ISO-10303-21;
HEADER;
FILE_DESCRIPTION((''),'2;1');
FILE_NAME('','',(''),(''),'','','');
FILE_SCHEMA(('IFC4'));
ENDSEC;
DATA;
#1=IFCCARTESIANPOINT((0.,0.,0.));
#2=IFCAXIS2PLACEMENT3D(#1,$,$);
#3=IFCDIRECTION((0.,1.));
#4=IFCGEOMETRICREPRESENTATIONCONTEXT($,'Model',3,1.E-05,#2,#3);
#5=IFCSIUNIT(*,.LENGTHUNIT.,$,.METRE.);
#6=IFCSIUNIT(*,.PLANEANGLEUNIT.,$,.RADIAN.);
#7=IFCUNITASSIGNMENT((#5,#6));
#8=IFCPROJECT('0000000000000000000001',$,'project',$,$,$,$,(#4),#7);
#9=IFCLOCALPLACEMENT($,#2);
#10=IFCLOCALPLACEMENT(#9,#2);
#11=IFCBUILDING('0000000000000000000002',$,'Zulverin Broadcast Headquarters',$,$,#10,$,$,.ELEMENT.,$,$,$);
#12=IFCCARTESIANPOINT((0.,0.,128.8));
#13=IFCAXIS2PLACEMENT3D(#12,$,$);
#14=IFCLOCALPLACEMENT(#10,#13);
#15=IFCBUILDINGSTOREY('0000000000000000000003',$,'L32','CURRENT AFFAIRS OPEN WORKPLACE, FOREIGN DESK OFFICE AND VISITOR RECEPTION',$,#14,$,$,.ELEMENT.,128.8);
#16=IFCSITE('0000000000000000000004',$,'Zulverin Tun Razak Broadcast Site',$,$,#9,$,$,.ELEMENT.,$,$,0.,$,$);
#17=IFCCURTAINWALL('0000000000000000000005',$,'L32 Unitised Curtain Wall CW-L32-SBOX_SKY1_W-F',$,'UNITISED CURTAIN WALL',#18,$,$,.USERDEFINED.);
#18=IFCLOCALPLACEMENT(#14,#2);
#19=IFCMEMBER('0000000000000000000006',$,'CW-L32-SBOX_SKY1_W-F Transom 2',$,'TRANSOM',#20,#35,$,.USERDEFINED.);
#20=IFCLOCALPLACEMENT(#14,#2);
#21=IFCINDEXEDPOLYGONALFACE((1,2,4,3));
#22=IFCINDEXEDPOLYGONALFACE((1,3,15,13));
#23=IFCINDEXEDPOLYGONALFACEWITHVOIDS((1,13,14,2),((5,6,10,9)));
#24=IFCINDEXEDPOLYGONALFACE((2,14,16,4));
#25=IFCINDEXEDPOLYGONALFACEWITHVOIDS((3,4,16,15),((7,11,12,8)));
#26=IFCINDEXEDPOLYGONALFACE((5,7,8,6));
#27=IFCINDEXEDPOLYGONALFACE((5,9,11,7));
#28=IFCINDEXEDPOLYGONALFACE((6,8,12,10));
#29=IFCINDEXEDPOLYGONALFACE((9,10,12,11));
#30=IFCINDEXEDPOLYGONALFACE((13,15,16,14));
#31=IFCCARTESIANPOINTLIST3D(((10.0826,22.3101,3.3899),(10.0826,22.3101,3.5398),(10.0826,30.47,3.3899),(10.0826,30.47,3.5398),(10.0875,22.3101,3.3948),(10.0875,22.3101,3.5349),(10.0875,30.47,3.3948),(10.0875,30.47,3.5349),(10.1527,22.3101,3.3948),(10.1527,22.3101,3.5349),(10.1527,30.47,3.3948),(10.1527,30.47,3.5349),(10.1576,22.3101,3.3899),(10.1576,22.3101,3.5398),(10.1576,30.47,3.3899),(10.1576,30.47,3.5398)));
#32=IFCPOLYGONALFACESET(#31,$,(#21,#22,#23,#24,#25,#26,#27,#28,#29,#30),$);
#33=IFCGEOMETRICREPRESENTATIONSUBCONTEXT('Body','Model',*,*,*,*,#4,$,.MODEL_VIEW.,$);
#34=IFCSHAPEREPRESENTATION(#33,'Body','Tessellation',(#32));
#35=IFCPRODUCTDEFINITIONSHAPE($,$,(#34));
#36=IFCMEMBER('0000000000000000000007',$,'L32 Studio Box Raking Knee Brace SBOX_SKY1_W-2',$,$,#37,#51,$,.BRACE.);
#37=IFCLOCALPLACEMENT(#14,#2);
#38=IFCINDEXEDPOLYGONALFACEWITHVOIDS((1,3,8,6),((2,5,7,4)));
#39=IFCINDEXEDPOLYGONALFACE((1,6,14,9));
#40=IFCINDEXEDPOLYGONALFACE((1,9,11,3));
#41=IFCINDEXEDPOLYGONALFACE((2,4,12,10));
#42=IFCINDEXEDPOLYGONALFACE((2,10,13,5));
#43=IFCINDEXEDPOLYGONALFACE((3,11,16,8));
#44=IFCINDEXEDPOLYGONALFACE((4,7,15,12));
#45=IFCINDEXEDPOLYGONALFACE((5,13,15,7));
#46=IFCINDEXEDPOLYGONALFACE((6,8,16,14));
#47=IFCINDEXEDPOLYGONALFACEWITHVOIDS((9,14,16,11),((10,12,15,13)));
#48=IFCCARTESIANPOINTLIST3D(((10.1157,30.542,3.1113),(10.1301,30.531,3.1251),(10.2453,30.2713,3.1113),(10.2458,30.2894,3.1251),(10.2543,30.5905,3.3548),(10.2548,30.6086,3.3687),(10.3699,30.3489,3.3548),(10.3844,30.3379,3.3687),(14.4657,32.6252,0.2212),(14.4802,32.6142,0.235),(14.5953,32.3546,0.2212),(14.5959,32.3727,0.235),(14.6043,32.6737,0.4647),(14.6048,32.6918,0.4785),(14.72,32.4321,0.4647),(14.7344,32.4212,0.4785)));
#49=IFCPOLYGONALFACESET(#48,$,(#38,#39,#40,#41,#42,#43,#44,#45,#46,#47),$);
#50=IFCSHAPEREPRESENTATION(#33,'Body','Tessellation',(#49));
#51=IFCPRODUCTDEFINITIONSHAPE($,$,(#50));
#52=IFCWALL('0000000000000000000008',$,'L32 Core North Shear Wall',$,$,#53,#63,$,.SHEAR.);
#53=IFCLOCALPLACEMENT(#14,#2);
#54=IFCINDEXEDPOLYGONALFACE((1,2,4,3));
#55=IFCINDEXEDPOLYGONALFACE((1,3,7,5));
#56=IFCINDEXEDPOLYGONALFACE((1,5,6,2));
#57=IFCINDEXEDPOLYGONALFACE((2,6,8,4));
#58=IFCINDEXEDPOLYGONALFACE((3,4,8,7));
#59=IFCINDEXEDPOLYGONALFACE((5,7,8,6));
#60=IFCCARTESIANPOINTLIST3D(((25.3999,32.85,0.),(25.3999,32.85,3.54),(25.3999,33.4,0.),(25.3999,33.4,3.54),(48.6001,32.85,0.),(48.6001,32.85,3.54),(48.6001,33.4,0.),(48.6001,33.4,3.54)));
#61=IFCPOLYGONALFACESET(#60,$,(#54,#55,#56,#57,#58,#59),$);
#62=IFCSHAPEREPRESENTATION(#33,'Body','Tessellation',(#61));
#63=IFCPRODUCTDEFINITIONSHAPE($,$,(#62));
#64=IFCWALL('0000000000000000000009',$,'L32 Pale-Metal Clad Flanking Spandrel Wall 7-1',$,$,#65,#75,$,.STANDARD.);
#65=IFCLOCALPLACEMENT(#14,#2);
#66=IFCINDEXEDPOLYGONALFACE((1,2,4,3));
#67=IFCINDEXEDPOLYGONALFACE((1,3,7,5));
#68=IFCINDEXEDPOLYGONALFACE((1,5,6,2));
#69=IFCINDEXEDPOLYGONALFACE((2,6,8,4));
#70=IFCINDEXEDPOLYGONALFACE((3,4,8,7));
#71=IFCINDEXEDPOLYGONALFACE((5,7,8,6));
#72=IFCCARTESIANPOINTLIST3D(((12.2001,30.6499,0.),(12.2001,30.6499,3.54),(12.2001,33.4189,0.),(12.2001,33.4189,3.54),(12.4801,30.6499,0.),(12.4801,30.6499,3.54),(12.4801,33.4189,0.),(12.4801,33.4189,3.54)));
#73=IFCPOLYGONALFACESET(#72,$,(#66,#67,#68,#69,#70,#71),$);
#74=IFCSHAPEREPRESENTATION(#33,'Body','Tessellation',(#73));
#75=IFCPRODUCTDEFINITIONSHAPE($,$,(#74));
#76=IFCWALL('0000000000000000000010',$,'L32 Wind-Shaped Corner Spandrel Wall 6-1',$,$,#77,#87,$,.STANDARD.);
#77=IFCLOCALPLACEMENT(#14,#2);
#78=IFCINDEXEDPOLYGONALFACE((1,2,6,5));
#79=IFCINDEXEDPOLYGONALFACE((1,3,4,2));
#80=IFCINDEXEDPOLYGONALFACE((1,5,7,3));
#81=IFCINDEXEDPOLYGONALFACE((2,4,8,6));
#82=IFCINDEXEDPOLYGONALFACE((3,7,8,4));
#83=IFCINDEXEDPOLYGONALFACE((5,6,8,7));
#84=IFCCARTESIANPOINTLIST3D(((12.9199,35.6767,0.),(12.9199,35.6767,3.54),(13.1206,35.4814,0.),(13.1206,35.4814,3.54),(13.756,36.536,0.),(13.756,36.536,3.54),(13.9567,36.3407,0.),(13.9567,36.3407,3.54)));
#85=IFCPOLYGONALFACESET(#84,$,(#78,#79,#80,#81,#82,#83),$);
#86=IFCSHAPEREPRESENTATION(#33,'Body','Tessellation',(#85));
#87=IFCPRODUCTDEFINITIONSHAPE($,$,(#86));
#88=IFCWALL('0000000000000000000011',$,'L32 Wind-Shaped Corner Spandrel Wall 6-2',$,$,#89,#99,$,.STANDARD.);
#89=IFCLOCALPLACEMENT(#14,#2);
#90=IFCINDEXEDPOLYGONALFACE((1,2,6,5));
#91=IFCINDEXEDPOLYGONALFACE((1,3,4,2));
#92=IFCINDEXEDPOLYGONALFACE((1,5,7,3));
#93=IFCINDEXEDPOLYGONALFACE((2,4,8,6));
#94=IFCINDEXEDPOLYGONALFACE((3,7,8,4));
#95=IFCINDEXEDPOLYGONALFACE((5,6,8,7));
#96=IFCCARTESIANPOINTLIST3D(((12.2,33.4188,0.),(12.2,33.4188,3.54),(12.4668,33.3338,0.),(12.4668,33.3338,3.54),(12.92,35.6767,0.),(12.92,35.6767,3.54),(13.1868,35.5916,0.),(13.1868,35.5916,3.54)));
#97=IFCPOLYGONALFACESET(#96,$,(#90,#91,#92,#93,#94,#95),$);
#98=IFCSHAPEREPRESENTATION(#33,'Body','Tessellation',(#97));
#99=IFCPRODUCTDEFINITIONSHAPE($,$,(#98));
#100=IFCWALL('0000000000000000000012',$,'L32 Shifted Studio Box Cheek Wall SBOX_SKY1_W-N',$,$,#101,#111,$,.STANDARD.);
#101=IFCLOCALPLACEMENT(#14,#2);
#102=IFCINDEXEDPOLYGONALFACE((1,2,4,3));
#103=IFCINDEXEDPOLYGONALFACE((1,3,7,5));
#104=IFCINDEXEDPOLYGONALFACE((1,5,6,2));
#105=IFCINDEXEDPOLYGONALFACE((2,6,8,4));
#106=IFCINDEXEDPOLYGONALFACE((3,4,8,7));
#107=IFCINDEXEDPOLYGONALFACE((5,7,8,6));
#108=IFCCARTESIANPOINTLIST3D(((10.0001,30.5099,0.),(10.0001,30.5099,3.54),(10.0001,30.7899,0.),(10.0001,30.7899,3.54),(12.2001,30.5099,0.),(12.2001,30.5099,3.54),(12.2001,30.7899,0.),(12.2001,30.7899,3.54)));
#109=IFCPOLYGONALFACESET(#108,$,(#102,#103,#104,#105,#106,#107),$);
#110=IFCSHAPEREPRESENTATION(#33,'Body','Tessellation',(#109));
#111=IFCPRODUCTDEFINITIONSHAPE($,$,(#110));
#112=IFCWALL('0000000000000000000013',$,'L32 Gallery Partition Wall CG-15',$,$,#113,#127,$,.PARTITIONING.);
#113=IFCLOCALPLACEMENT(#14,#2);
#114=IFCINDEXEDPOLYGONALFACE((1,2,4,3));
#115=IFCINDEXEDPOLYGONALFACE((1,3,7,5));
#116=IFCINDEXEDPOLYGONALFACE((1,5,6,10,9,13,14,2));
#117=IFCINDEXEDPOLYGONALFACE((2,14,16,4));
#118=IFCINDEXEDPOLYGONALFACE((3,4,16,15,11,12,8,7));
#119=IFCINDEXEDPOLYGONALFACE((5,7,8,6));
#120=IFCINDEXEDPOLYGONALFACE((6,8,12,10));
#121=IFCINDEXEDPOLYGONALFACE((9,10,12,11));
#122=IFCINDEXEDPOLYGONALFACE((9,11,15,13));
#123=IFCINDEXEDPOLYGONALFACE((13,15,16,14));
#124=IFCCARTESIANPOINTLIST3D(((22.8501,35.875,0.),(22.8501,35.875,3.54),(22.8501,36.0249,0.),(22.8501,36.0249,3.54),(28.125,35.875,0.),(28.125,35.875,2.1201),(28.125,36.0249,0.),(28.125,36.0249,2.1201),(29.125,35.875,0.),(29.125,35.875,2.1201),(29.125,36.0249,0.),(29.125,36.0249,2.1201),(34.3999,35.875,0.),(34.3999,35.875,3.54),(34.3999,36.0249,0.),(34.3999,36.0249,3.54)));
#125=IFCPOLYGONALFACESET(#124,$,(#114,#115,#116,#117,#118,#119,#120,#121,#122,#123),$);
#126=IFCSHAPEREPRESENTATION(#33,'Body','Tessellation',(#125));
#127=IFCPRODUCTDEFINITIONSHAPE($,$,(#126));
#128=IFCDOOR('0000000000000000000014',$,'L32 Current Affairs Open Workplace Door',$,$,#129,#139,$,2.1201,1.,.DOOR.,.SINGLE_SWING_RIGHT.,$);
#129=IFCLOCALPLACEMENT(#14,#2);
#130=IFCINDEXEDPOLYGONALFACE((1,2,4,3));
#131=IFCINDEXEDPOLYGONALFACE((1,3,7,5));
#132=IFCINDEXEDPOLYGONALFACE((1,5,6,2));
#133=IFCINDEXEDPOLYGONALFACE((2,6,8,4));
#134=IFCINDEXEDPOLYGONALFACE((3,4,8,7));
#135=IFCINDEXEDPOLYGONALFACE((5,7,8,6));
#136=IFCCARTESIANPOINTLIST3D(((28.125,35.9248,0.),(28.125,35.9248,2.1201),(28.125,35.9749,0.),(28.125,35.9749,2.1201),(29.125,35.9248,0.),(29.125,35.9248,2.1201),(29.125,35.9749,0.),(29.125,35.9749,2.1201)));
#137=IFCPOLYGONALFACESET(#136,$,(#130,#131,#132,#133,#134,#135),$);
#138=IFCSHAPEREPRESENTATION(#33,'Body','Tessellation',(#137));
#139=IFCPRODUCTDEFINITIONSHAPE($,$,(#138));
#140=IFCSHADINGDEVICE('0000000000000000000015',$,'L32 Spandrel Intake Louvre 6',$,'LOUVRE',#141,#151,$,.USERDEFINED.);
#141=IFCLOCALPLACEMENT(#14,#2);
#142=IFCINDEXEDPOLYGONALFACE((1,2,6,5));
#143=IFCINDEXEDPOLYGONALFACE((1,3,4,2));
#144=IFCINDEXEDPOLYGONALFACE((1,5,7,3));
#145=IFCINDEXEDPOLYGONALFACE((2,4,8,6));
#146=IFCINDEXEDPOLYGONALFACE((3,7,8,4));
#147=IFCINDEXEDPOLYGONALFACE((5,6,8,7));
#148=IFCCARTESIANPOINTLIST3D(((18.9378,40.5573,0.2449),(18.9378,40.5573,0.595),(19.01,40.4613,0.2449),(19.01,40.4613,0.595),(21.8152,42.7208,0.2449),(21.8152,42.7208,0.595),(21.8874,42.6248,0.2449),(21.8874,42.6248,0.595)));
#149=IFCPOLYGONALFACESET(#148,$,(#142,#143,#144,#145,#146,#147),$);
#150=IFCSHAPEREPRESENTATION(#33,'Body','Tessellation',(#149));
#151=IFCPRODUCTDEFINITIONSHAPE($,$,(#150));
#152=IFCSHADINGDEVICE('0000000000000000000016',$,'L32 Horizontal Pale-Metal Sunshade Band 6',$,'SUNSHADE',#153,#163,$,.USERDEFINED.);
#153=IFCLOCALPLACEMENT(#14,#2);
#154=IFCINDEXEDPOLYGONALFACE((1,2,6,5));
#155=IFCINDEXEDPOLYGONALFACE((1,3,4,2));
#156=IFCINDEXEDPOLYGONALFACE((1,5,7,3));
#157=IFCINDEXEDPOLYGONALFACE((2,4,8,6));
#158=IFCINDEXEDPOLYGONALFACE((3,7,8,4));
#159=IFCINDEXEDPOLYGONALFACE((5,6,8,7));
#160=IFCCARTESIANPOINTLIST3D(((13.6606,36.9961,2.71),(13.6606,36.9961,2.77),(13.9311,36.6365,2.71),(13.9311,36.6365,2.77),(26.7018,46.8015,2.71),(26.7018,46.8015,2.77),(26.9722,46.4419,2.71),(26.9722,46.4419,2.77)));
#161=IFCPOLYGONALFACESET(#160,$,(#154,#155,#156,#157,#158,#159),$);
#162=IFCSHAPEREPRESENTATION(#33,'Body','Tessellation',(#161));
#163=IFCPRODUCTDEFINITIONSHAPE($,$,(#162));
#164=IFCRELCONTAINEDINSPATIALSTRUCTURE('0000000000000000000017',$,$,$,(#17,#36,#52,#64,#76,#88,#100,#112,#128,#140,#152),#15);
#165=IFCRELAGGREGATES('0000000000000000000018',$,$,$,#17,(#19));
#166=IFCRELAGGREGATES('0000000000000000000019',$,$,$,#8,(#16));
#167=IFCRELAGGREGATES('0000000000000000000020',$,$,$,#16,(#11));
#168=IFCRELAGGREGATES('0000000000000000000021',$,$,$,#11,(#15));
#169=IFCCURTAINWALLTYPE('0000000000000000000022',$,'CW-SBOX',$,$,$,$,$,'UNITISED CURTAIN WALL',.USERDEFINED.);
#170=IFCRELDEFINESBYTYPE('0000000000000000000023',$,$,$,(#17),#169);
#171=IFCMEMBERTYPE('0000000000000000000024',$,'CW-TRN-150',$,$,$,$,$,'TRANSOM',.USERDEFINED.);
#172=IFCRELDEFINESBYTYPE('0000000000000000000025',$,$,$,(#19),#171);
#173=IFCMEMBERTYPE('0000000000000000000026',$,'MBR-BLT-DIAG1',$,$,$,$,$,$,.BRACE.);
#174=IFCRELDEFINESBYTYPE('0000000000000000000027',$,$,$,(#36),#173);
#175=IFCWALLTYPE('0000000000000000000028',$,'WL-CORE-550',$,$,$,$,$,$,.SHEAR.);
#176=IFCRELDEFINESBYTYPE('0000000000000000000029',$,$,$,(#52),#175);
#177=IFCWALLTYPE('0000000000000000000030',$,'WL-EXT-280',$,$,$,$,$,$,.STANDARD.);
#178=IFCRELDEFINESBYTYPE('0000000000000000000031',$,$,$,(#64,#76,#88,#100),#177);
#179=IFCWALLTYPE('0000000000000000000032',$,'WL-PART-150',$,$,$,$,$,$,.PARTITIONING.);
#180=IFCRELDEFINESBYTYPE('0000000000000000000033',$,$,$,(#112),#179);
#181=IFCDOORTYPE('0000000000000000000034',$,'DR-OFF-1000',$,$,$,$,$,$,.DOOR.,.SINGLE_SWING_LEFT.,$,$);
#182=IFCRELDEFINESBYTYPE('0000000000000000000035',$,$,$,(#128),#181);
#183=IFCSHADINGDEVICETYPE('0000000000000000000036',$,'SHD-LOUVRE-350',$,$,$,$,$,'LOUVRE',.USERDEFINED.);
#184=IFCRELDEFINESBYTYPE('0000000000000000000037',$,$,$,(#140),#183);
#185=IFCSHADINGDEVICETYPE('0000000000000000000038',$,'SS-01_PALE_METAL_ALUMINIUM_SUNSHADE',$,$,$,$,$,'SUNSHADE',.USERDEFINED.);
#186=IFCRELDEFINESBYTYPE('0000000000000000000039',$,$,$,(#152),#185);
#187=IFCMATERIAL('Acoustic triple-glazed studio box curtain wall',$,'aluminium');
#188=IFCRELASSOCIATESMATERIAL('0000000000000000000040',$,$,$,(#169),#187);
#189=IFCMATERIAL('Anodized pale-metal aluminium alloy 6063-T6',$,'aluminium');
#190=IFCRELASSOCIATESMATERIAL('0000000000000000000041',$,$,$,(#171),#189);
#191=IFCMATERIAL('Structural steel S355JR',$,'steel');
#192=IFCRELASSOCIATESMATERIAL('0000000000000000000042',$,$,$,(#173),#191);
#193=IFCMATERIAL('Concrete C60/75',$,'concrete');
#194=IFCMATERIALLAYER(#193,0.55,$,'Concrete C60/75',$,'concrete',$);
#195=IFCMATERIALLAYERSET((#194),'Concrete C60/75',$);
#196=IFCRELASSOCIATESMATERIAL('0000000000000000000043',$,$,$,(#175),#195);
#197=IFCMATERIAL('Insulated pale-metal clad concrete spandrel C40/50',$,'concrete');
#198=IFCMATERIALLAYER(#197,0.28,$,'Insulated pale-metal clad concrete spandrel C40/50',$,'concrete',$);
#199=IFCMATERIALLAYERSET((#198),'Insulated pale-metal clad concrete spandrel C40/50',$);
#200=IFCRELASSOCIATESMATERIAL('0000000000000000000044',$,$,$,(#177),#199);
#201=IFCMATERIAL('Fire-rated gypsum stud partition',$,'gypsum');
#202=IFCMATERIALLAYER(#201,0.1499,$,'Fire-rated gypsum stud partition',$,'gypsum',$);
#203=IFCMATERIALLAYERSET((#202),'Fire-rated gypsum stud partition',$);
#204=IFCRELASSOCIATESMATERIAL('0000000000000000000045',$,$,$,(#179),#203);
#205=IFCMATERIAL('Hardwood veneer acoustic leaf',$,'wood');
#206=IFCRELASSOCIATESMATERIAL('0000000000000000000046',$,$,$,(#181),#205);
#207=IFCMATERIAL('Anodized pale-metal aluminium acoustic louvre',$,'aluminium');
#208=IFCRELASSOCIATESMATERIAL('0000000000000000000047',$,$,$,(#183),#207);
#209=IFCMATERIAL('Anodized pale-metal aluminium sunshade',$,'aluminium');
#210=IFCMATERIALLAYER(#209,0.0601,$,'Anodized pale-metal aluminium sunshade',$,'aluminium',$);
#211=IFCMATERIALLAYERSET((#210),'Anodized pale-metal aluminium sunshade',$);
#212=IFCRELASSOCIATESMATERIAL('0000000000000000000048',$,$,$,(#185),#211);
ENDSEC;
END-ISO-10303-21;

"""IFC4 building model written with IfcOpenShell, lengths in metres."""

from ifc_helpers import new_model, si_unit, direction, frame, frame_2d, origin, origin_2d, place, context, subcontext, project, spatial, rectangle, hollow_rectangle, extrude, material, layer, layer_set, material_profile, profile_set, type_object, element, fill, aggregate, save


model = new_model("IFC4")

# Units and contexts
model_context = context("Model", 3, precision=1e-05, world=origin(), true_north=direction((0.0, 1.0)))
body_context = subcontext(model_context, "Body", "Model", "MODEL_VIEW")
ifc_project = project(units=[si_unit("LENGTHUNIT", "METRE"), si_unit("PLANEANGLEUNIT", "RADIAN")], contexts=[model_context])

# Site, building, storey
site_placement = place(None, origin())
site = spatial("IfcSite", under=ifc_project, at=site_placement, Name="Zulverin Tun Razak Broadcast Site", CompositionType="ELEMENT", RefElevation=0.0)
building_placement = place(site_placement, origin())
building = spatial("IfcBuilding", under=site, at=building_placement, Name="Zulverin Broadcast Headquarters", CompositionType="ELEMENT")
storey_placement = place(building_placement, frame((0.0, 0.0, 128.8)))
storey = spatial("IfcBuildingStorey", under=building, at=storey_placement, Name="L32", Description="CURRENT AFFAIRS OPEN WORKPLACE, FOREIGN DESK OFFICE AND VISITOR RECEPTION", CompositionType="ELEMENT", Elevation=128.8)

# Shared definitions
ifc_material_1 = material(Name="Concrete C60/75", Category="concrete")

# Shared definitions
ifc_material_2 = material(Name="Structural steel S355JR", Category="steel")

# Curtain wall, member
ifc_material_3 = material(Name="Acoustic triple-glazed studio box curtain wall", Category="aluminium")
curtain_wall_type = type_object("IfcCurtainWallType", Name="CW-SBOX", ElementType="UNITISED CURTAIN WALL", PredefinedType="USERDEFINED", material=ifc_material_3)
curtain_wall_placement = place(storey_placement, origin())
curtain_wall = element("IfcCurtainWall", 1, at=curtain_wall_placement, inside=storey, type_object=curtain_wall_type, Name="L32 Unitised Curtain Wall CW-L32-SBOX_SKY1_W-F", ObjectType="UNITISED CURTAIN WALL", PredefinedType="USERDEFINED")
ifc_material_4 = material(Name="Anodized pale-metal aluminium alloy 6063-T6", Category="aluminium")
ifc_material_profile_1 = material_profile(ifc_material_4, hollow_rectangle(XDim=0.075, YDim=0.1499, WallThickness=0.0049, at=origin_2d()), Name="Anodized pale-metal aluminium alloy 6063-T6", Category="aluminium")
ifc_profile_set_1 = profile_set([ifc_material_profile_1], Name="Anodized pale-metal aluminium alloy 6063-T6")
member_type_1 = type_object("IfcMemberType", Name="CW-TRN-150", ElementType="TRANSOM", PredefinedType="USERDEFINED", material=ifc_profile_set_1)
member_1_placement = place(storey_placement, frame((10.1201, 30.47, 3.4648), z_axis=(0.0, -1.0, 0.0), x_axis=(1.0, 0.0, 0.0)))
member_1 = element("IfcMember", 2, at=member_1_placement, type_object=member_type_1, Name="CW-L32-SBOX_SKY1_W-F Transom 2", ObjectType="TRANSOM", PredefinedType="USERDEFINED", context=body_context, shape_type="SweptSolid", body=[
    extrude(hollow_rectangle(XDim=0.075, YDim=0.1499, WallThickness=0.0049, at=origin_2d()), origin(), (0.0, 0.0, 1.0), 8.1599),
])
aggregate(curtain_wall, [member_1])

# Member
ifc_material_profile_2 = material_profile(ifc_material_2, hollow_rectangle(XDim=0.3, YDim=0.3, WallThickness=0.0161, at=origin_2d()), Name="Structural steel S355JR", Category="steel")
ifc_profile_set_2 = profile_set([ifc_material_profile_2], Name="Structural steel S355JR")
member_type_2 = type_object("IfcMemberType", Name="MBR-BLT-DIAG1", PredefinedType="BRACE", material=ifc_profile_set_2)
member_2_placement = place(storey_placement, frame((14.6001, 32.5232, 0.3499), z_axis=(-0.77365, -0.370499, 0.514001), x_axis=(0.431923, -0.901911, 0.0)))
element("IfcMember", 3, at=member_2_placement, inside=storey, type_object=member_type_2, Name="L32 Studio Box Raking Knee Brace SBOX_SKY1_W-2", PredefinedType="BRACE", context=body_context, shape_type="SweptSolid", body=[
    extrude(hollow_rectangle(XDim=0.3, YDim=0.3, WallThickness=0.0161, at=origin_2d()), origin(), (0.0, 0.0, 1.0), 5.6228),
])

# Walls
ifc_layer_1 = layer(ifc_material_1, 0.55, Name="Concrete C60/75", Category="concrete")
ifc_layer_set_1 = layer_set([ifc_layer_1], Name="Concrete C60/75")
wall_type_1 = type_object("IfcWallType", Name="WL-CORE-550", PredefinedType="SHEAR", material=ifc_layer_set_1)
wall_1_placement = place(storey_placement, frame((25.3999, 33.125, 0.0), z_axis=(0.0, 0.0, 1.0), x_axis=(1.0, 0.0, 0.0)))
element("IfcWall", 4, at=wall_1_placement, inside=storey, type_object=wall_type_1, Name="L32 Core North Shear Wall", PredefinedType="SHEAR", context=body_context, shape_type="SweptSolid", body=[
    extrude(rectangle(XDim=23.2002, YDim=0.55, at=frame_2d((11.6001, 0.0))), origin(), (0.0, 0.0, 1.0), 3.54),
])
ifc_material_5 = material(Name="Insulated pale-metal clad concrete spandrel C40/50", Category="concrete")
ifc_layer_2 = layer(ifc_material_5, 0.28, Name="Insulated pale-metal clad concrete spandrel C40/50", Category="concrete")
ifc_layer_set_2 = layer_set([ifc_layer_2], Name="Insulated pale-metal clad concrete spandrel C40/50")
wall_type_2 = type_object("IfcWallType", Name="WL-EXT-280", PredefinedType="STANDARD", material=ifc_layer_set_2)
wall_2_placement = place(storey_placement, frame((12.3401, 33.4189, 0.0), z_axis=(0.0, 0.0, 1.0), x_axis=(0.0, -1.0, 0.0)))
element("IfcWall", 5, at=wall_2_placement, inside=storey, type_object=wall_type_2, Name="L32 Pale-Metal Clad Flanking Spandrel Wall 7-1", PredefinedType="STANDARD", context=body_context, shape_type="SweptSolid", body=[
    extrude(rectangle(XDim=2.769, YDim=0.28, at=frame_2d((1.3845, 0.0))), origin(), (0.0, 0.0, 1.0), 3.54),
])
wall_3_placement = place(storey_placement, frame((13.8564, 36.4385, 0.0), z_axis=(0.0, 0.0, 1.0), x_axis=(-0.697369, -0.716712, 0.0)))
element("IfcWall", 6, at=wall_3_placement, inside=storey, type_object=wall_type_2, Name="L32 Wind-Shaped Corner Spandrel Wall 6-1", PredefinedType="STANDARD", context=body_context, shape_type="SweptSolid", body=[
    extrude(rectangle(XDim=1.199, YDim=0.28, at=frame_2d((0.5996, 0.0))), origin(), (0.0, 0.0, 1.0), 3.54),
])
wall_4_placement = place(storey_placement, frame((13.0535, 35.6343, 0.0), z_axis=(0.0, 0.0, 1.0), x_axis=(-0.303807, -0.952733, 0.0)))
element("IfcWall", 7, at=wall_4_placement, inside=storey, type_object=wall_type_2, Name="L32 Wind-Shaped Corner Spandrel Wall 6-2", PredefinedType="STANDARD", context=body_context, shape_type="SweptSolid", body=[
    extrude(rectangle(XDim=2.3699, YDim=0.28, at=frame_2d((1.1851, 0.0))), origin(), (0.0, 0.0, 1.0), 3.54),
])
wall_5_placement = place(storey_placement, frame((10.0, 30.6499, 0.0), z_axis=(0.0, 0.0, 1.0), x_axis=(1.0, 0.0, 0.0)))
element("IfcWall", 8, at=wall_5_placement, inside=storey, type_object=wall_type_2, Name="L32 Shifted Studio Box Cheek Wall SBOX_SKY1_W-N", PredefinedType="STANDARD", context=body_context, shape_type="SweptSolid", body=[
    extrude(rectangle(XDim=2.2, YDim=0.28, at=frame_2d((1.1001, 0.0))), origin(), (0.0, 0.0, 1.0), 3.54),
])

# Wall, opening, door
ifc_material_6 = material(Name="Fire-rated gypsum stud partition", Category="gypsum")
ifc_layer_3 = layer(ifc_material_6, 0.1499, Name="Fire-rated gypsum stud partition", Category="gypsum")
ifc_layer_set_3 = layer_set([ifc_layer_3], Name="Fire-rated gypsum stud partition")
wall_type_3 = type_object("IfcWallType", Name="WL-PART-150", PredefinedType="PARTITIONING", material=ifc_layer_set_3)
wall_6_placement = place(storey_placement, frame((22.8501, 35.95, 0.0), z_axis=(0.0, 0.0, 1.0), x_axis=(1.0, 0.0, 0.0)))
wall_6 = element("IfcWall", 9, at=wall_6_placement, inside=storey, type_object=wall_type_3, Name="L32 Gallery Partition Wall CG-15", PredefinedType="PARTITIONING", context=body_context, shape_type="SweptSolid", body=[
    extrude(rectangle(XDim=11.5498, YDim=0.1499, at=frame_2d((5.7749, 0.0))), origin(), (0.0, 0.0, 1.0), 3.54),
])
opening_placement = place(wall_6_placement, frame((5.2749, 0.0, 0.0)))
opening = element("IfcOpeningElement", 10, at=opening_placement, cuts=wall_6, PredefinedType="OPENING", context=body_context, shape_type="SweptSolid", body=[
    extrude(rectangle(XDim=1.0, YDim=2.1201, at=frame_2d((0.5, 1.0601))), frame((0.0, 0.085, 0.0), z_axis=(0.0, -1.0, 0.0), x_axis=(1.0, 0.0, 0.0)), (0.0, 0.0, 1.0), 0.1699),
])
ifc_material_7 = material(Name="Hardwood veneer acoustic leaf", Category="wood")
door_type = type_object("IfcDoorType", Name="DR-OFF-1000", OperationType="SINGLE_SWING_LEFT", PredefinedType="DOOR", material=ifc_material_7)
door_placement = place(opening_placement, origin())
door = element("IfcDoor", 11, at=door_placement, inside=storey, type_object=door_type, Name="L32 Current Affairs Open Workplace Door", OperationType="SINGLE_SWING_RIGHT", OverallHeight=2.1201, OverallWidth=1.0, PredefinedType="DOOR", context=body_context, shape_type="SweptSolid", body=[
    extrude(rectangle(XDim=1.0, YDim=2.1201, at=frame_2d((0.5, 1.0601))), frame((0.0, 0.0249, 0.0), z_axis=(0.0, -1.0, 0.0), x_axis=(1.0, 0.0, 0.0)), (0.0, 0.0, 1.0), 0.05),
])
fill(opening, door)

# Shading devices
ifc_material_8 = material(Name="Anodized pale-metal aluminium acoustic louvre", Category="aluminium")
shading_device_type_1 = type_object("IfcShadingDeviceType", Name="SHD-LOUVRE-350", ElementType="LOUVRE", PredefinedType="USERDEFINED", material=ifc_material_8)
shading_device_1_placement = place(storey_placement, frame((20.4126, 41.5911, 0.2449), z_axis=(0.0, 0.0, 1.0), x_axis=(-0.799276, -0.600964, 0.0)))
element("IfcShadingDevice", 12, at=shading_device_1_placement, inside=storey, type_object=shading_device_type_1, Name="L32 Spandrel Intake Louvre 6", ObjectType="LOUVRE", PredefinedType="USERDEFINED", context=body_context, shape_type="SweptSolid", body=[
    extrude(rectangle(XDim=3.6001, YDim=0.1201, at=origin_2d()), origin(), (0.0, 0.0, 1.0), 0.3501),
])
ifc_material_9 = material(Name="Anodized pale-metal aluminium sunshade", Category="aluminium")
ifc_layer_4 = layer(ifc_material_9, 0.0601, Name="Anodized pale-metal aluminium sunshade", Category="aluminium")
ifc_layer_set_4 = layer_set([ifc_layer_4], Name="Anodized pale-metal aluminium sunshade")
shading_device_type_2 = type_object("IfcShadingDeviceType", Name="SS-01_PALE_METAL_ALUMINIUM_SUNSHADE", ElementType="SUNSHADE", PredefinedType="USERDEFINED", material=ifc_layer_set_4)
shading_device_2_placement = place(storey_placement, frame((20.3164, 41.719, 2.71), z_axis=(0.0, 0.0, 1.0), x_axis=(-0.799276, -0.600964, 0.0)))
element("IfcShadingDevice", 13, at=shading_device_2_placement, inside=storey, type_object=shading_device_type_2, Name="L32 Horizontal Pale-Metal Sunshade Band 6", ObjectType="SUNSHADE", PredefinedType="USERDEFINED", context=body_context, shape_type="SweptSolid", body=[
    extrude(rectangle(XDim=16.3162, YDim=0.45, at=origin_2d()), origin(), (0.0, 0.0, 1.0), 0.0601),
])

save(model, "model.ifc")
